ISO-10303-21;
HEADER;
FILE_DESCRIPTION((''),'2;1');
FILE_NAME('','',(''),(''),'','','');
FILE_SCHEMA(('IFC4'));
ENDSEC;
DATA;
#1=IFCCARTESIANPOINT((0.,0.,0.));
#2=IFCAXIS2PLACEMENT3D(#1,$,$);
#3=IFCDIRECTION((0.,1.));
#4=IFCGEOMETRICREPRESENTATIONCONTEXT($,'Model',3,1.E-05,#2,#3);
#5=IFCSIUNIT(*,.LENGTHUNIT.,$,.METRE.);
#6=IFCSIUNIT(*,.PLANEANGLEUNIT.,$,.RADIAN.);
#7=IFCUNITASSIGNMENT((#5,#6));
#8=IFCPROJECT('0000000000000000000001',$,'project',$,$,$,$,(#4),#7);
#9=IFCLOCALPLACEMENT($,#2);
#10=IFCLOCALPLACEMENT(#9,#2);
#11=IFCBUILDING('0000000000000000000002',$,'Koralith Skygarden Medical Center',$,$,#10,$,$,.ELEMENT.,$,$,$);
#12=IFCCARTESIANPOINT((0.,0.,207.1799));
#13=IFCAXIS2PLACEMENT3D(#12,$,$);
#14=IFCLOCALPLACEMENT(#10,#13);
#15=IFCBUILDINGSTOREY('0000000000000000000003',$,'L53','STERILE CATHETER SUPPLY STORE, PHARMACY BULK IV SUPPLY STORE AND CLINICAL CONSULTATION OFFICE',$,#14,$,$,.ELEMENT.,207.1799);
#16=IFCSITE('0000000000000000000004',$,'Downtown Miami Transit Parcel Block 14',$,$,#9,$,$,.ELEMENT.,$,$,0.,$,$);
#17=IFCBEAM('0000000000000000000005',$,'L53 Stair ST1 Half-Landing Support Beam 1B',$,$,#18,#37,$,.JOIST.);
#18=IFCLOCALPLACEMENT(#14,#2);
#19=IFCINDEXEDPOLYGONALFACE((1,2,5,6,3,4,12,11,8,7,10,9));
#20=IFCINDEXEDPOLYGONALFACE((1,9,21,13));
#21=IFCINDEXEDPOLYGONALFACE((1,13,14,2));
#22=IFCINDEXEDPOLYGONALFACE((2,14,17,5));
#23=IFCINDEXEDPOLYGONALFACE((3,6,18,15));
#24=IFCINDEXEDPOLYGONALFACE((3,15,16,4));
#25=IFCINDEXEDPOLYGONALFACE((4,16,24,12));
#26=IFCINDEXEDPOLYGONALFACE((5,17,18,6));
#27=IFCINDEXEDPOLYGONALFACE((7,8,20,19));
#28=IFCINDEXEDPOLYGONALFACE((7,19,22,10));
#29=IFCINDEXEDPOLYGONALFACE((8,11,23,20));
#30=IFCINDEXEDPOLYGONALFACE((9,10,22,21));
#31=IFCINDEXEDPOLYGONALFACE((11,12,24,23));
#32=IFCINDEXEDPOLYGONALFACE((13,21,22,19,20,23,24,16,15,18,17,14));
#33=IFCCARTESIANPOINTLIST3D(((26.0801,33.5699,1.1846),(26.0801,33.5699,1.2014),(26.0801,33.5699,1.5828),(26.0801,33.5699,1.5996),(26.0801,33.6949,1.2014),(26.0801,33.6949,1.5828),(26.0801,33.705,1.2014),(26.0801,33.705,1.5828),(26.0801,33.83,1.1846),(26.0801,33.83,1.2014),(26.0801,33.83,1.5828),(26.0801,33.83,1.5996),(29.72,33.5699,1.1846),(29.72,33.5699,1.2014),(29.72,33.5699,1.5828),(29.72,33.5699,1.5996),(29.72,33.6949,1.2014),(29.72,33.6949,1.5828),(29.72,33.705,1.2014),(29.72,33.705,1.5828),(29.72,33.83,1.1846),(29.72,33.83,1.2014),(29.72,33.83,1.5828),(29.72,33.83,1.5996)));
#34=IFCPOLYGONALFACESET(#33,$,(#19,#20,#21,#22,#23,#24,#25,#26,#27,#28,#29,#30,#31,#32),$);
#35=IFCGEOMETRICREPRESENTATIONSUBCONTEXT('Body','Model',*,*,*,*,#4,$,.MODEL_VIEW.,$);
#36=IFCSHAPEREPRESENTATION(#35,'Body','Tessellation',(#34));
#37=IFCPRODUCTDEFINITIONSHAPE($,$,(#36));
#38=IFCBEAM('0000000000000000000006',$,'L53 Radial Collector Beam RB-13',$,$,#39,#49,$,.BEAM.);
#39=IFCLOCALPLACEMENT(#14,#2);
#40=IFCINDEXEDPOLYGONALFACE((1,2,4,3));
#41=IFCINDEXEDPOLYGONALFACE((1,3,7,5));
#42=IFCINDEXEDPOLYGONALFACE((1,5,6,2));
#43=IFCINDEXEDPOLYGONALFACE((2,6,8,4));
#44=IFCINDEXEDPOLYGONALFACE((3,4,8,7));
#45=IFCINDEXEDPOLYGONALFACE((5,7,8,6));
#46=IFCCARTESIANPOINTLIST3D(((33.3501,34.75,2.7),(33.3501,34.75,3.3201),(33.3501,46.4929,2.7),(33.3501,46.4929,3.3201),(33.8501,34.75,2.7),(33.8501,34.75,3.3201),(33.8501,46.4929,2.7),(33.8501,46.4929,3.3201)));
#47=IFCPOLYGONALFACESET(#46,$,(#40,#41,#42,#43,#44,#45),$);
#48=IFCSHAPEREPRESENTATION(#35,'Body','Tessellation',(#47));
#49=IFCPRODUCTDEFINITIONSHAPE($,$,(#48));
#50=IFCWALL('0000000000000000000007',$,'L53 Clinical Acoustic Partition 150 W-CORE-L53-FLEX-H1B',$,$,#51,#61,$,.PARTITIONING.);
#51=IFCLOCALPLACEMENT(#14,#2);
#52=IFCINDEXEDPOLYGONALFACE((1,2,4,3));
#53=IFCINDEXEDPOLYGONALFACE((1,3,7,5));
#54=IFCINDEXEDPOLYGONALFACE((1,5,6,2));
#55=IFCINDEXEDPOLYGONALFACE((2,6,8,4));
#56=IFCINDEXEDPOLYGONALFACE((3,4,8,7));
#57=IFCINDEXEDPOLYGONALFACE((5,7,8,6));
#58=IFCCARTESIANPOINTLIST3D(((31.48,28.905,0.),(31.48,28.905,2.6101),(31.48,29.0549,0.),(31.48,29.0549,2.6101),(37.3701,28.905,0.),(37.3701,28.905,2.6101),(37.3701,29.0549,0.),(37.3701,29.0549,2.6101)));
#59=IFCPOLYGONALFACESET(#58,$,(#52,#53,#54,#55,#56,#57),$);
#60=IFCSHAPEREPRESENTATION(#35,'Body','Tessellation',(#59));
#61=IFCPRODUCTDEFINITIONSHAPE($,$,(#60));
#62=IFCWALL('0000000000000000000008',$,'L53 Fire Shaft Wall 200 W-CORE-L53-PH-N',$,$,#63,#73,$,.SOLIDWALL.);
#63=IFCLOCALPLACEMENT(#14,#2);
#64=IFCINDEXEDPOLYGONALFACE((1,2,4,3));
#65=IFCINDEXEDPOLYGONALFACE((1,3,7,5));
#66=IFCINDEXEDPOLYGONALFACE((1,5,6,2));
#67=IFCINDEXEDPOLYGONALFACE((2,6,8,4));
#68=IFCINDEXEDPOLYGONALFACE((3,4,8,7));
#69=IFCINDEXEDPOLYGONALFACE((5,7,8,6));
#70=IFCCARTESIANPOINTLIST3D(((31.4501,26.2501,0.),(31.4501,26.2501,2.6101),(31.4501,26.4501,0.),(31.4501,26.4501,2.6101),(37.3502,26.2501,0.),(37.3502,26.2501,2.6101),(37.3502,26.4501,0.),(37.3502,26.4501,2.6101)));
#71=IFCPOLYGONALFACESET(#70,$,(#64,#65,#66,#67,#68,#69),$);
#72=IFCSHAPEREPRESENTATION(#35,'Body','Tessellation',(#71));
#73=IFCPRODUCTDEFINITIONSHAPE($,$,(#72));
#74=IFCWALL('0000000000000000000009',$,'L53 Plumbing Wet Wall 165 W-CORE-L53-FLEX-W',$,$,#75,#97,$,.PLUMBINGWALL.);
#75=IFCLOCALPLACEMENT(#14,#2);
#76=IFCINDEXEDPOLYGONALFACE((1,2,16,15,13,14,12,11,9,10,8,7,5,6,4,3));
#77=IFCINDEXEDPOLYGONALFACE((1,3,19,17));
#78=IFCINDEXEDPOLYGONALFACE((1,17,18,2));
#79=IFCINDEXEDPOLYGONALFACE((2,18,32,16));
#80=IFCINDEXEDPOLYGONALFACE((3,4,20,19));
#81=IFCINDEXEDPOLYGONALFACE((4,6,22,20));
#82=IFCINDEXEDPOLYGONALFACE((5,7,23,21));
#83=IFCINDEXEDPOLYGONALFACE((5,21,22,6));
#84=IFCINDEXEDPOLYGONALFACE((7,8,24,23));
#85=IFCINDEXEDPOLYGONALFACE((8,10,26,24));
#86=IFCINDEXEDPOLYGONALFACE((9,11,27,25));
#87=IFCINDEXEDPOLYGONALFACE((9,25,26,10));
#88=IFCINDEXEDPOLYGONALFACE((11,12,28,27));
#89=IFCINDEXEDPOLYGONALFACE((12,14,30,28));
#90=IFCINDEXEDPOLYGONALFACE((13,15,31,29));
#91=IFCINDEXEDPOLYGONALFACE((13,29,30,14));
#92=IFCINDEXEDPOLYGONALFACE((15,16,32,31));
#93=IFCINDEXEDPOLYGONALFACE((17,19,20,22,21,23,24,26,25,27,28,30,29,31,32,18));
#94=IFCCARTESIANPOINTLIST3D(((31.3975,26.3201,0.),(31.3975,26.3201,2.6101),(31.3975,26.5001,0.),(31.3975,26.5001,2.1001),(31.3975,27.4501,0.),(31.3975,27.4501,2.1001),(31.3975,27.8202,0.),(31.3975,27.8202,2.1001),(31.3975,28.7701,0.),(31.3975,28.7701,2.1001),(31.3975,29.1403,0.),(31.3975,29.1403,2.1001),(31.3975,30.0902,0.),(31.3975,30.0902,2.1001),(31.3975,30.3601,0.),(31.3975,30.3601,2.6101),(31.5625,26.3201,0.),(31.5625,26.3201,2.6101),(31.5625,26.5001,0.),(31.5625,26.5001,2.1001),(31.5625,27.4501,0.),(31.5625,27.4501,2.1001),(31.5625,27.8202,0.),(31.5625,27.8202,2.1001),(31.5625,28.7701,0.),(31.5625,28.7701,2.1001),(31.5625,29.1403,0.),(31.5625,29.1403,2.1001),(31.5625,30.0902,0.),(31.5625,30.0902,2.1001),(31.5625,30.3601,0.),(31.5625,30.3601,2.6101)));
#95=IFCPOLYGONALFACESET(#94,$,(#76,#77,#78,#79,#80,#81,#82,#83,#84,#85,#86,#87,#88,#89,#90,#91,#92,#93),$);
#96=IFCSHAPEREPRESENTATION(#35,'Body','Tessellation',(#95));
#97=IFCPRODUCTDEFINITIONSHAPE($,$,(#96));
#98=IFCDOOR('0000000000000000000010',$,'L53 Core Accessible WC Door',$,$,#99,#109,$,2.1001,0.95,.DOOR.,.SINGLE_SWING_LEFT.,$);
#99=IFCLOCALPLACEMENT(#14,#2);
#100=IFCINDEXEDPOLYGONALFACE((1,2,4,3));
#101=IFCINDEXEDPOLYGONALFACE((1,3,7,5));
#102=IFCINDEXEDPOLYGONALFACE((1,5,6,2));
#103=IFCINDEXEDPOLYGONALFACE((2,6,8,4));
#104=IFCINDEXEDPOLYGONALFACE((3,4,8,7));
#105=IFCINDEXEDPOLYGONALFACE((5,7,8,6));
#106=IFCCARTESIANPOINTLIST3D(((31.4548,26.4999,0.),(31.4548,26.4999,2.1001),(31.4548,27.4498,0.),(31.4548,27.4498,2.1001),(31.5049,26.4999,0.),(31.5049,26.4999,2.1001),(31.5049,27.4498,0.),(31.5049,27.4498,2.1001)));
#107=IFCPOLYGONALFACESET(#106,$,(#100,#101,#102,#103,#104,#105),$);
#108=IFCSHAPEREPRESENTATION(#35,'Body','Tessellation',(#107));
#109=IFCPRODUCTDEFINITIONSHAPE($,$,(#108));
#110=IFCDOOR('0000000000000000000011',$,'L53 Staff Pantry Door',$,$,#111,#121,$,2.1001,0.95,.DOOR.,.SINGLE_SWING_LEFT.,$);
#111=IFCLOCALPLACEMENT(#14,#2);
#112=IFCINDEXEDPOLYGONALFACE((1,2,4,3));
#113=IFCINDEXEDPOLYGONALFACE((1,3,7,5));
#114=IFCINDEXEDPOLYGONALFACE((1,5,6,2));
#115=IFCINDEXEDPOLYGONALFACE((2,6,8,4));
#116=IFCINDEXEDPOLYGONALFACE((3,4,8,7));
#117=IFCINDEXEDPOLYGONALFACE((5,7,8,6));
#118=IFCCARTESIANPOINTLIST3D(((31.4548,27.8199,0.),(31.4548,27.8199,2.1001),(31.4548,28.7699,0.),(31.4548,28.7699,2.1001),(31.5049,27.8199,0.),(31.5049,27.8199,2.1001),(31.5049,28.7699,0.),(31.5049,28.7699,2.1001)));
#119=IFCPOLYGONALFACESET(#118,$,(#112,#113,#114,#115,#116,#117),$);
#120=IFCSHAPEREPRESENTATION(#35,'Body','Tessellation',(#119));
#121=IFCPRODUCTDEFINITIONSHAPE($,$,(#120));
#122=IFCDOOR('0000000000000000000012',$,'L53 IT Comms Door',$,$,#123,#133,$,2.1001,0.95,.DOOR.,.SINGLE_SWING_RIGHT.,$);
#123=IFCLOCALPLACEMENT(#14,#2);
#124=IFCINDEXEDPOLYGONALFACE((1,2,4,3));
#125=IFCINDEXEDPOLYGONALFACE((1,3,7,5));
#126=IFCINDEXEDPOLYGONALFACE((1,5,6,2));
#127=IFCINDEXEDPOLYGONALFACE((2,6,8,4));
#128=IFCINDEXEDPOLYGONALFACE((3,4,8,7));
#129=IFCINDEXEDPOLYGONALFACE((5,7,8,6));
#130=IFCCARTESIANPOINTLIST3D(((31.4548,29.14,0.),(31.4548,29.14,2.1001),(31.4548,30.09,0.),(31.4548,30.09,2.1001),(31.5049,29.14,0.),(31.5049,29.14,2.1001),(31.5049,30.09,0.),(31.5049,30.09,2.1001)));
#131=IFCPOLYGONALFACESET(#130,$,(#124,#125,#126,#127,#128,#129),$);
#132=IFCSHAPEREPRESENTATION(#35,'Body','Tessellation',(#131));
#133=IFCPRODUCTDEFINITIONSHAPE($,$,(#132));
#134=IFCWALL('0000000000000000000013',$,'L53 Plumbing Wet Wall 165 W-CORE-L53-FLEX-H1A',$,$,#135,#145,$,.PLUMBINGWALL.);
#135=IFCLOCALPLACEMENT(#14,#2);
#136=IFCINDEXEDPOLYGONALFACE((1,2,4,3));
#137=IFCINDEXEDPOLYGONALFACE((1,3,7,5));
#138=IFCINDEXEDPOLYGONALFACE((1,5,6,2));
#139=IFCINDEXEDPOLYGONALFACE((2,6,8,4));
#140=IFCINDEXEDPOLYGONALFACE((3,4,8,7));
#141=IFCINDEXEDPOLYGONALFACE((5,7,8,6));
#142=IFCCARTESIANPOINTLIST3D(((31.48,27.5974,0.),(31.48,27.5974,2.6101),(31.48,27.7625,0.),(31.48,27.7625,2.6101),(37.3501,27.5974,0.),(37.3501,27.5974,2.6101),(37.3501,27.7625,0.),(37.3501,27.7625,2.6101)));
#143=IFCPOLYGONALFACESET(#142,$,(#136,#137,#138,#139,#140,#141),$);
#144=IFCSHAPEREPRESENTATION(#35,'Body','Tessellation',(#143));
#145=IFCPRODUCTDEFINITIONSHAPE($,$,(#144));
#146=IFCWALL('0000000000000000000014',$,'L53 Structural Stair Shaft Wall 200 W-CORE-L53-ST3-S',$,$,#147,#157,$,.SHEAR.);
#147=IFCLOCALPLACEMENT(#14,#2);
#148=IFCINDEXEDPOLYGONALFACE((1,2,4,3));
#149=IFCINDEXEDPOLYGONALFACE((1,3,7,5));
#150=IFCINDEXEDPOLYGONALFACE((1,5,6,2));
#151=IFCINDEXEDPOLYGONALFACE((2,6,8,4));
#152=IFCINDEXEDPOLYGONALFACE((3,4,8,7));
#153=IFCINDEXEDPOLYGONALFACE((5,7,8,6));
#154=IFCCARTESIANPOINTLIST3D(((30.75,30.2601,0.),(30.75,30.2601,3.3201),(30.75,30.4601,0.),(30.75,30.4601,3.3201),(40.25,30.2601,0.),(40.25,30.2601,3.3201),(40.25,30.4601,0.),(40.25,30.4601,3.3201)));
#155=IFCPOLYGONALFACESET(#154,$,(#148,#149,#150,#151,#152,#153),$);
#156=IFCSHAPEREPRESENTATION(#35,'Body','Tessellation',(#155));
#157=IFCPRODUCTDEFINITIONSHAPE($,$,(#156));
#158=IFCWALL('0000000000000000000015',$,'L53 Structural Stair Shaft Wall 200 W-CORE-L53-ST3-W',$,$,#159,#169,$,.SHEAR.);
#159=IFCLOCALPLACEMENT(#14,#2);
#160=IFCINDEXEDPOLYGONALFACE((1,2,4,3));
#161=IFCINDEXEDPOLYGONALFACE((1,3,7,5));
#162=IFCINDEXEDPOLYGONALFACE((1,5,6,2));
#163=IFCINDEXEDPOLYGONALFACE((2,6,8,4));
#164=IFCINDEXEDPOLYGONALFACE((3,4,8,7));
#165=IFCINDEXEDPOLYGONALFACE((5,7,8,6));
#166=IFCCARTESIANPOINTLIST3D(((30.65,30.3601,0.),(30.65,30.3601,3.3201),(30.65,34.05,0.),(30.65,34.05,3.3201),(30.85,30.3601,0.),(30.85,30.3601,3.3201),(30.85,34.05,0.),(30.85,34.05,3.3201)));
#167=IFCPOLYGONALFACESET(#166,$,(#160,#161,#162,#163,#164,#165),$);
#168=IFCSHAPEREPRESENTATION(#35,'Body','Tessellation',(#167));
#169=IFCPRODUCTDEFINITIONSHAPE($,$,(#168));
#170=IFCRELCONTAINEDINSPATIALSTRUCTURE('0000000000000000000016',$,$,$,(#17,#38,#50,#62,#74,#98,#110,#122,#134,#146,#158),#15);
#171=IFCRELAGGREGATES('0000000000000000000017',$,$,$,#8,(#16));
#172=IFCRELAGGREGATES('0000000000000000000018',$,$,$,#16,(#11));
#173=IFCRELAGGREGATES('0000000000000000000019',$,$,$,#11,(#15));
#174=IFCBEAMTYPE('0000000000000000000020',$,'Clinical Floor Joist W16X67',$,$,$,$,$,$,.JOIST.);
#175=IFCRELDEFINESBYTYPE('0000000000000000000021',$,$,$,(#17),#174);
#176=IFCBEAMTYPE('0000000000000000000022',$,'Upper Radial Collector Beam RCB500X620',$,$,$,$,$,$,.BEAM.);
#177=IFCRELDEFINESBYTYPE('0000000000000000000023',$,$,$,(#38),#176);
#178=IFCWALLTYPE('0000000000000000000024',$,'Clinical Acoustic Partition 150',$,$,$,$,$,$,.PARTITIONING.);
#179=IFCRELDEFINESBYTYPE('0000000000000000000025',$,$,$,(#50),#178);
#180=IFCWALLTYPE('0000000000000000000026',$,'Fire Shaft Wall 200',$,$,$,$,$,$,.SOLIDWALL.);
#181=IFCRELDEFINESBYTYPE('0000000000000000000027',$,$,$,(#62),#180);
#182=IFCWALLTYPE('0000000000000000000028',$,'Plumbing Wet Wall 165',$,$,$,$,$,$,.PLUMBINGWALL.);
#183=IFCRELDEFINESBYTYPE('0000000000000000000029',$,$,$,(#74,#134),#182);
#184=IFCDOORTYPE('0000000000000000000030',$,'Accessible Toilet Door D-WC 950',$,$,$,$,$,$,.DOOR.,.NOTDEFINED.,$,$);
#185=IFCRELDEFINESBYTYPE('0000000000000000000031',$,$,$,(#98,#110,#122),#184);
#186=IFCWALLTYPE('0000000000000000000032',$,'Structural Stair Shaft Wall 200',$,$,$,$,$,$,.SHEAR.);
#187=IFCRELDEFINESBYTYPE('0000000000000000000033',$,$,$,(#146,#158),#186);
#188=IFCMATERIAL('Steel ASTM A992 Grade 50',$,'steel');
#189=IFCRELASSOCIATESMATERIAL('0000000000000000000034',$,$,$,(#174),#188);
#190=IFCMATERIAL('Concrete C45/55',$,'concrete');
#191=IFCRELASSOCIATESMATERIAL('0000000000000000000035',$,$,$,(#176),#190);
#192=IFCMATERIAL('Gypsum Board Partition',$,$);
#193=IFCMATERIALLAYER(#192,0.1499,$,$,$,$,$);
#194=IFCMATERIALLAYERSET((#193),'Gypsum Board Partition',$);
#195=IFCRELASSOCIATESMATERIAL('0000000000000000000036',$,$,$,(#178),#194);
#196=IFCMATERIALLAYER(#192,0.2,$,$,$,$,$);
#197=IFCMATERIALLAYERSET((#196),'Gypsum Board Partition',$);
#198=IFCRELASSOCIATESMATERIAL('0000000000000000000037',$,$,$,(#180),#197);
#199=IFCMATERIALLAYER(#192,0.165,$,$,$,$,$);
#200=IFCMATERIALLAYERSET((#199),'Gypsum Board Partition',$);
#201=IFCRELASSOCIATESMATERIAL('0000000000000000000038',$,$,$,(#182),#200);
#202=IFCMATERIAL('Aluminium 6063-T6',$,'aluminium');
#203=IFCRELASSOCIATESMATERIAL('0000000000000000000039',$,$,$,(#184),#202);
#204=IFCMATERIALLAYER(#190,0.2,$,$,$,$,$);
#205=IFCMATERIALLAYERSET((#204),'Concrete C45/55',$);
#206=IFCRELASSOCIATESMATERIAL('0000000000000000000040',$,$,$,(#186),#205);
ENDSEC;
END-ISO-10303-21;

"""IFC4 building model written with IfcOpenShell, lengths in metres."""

from ifc_helpers import new_model, si_unit, direction, frame, frame_2d, origin, origin_2d, place, context, subcontext, project, spatial, rectangle, i_section, extrude, material, layer, layer_set, material_profile, profile_set, type_object, element, fill, save


model = new_model("IFC4")

# Units and contexts
model_context = context("Model", 3, precision=1e-05, world=origin(), true_north=direction((0.0, 1.0)))
body_context = subcontext(model_context, "Body", "Model", "MODEL_VIEW")
ifc_project = project(units=[si_unit("LENGTHUNIT", "METRE"), si_unit("PLANEANGLEUNIT", "RADIAN")], contexts=[model_context])

# Site, building, storey
site_placement = place(None, origin())
site = spatial("IfcSite", under=ifc_project, at=site_placement, Name="Downtown Miami Transit Parcel Block 14", CompositionType="ELEMENT", RefElevation=0.0)
building_placement = place(site_placement, origin())
building = spatial("IfcBuilding", under=site, at=building_placement, Name="Koralith Skygarden Medical Center", CompositionType="ELEMENT")
storey_placement = place(building_placement, frame((0.0, 0.0, 207.1799)))
storey = spatial("IfcBuildingStorey", under=building, at=storey_placement, Name="L53", Description="STERILE CATHETER SUPPLY STORE, PHARMACY BULK IV SUPPLY STORE AND CLINICAL CONSULTATION OFFICE", CompositionType="ELEMENT", Elevation=207.1799)

# Beams
ifc_material_1 = material(Name="Steel ASTM A992 Grade 50", Category="steel")
ifc_material_profile_1 = material_profile(ifc_material_1, i_section(OverallWidth=0.26, OverallDepth=0.415, WebThickness=0.01, FlangeThickness=0.0168, at=origin_2d()), Name="W16X67")
ifc_profile_set_1 = profile_set([ifc_material_profile_1], Name="Steel ASTM A992 Grade 50")
beam_type_1 = type_object("IfcBeamType", Name="Clinical Floor Joist W16X67", PredefinedType="JOIST", material=ifc_profile_set_1)
beam_1_placement = place(storey_placement, frame((26.0801, 33.7, 1.3921), z_axis=(1.0, 0.0, 0.0), x_axis=(0.0, 1.0, 0.0)))
element("IfcBeam", 1, at=beam_1_placement, inside=storey, type_object=beam_type_1, Name="L53 Stair ST1 Half-Landing Support Beam 1B", PredefinedType="JOIST", context=body_context, shape_type="SweptSolid", body=[
    extrude(i_section(OverallWidth=0.26, OverallDepth=0.415, WebThickness=0.01, FlangeThickness=0.0168, at=origin_2d()), origin(), (0.0, 0.0, 1.0), 3.6399),
])
ifc_material_2 = material(Name="Concrete C45/55", Category="concrete")
ifc_material_profile_2 = material_profile(ifc_material_2, rectangle(XDim=0.5, YDim=0.6201, at=origin_2d()), Name="RCB500X620")
ifc_profile_set_2 = profile_set([ifc_material_profile_2], Name="Concrete C45/55")
beam_type_2 = type_object("IfcBeamType", Name="Upper Radial Collector Beam RCB500X620", PredefinedType="BEAM", material=ifc_profile_set_2)
beam_2_placement = place(storey_placement, frame((33.6001, 34.75, 3.01), z_axis=(0.0, 1.0, 0.0), x_axis=(-1.0, 0.0, 0.0)))
element("IfcBeam", 2, at=beam_2_placement, inside=storey, type_object=beam_type_2, Name="L53 Radial Collector Beam RB-13", PredefinedType="BEAM", context=body_context, shape_type="SweptSolid", body=[
    extrude(rectangle(XDim=0.5, YDim=0.6201, at=origin_2d()), origin(), (0.0, 0.0, 1.0), 11.7429),
])

# Walls
ifc_material_3 = material(Name="Gypsum Board Partition")
ifc_layer_1 = layer(ifc_material_3, 0.1499)
ifc_layer_set_1 = layer_set([ifc_layer_1], Name="Gypsum Board Partition")
wall_type_1 = type_object("IfcWallType", Name="Clinical Acoustic Partition 150", PredefinedType="PARTITIONING", material=ifc_layer_set_1)
wall_1_placement = place(storey_placement, frame((31.48, 28.98, 0.0), z_axis=(0.0, 0.0, 1.0), x_axis=(1.0, 0.0, 0.0)))
element("IfcWall", 3, at=wall_1_placement, inside=storey, type_object=wall_type_1, Name="L53 Clinical Acoustic Partition 150 W-CORE-L53-FLEX-H1B", PredefinedType="PARTITIONING", context=body_context, shape_type="SweptSolid", body=[
    extrude(rectangle(XDim=5.8901, YDim=0.1499, at=frame_2d((2.9451, 0.0))), origin(), (0.0, 0.0, 1.0), 2.6101),
])
ifc_layer_2 = layer(ifc_material_3, 0.2)
ifc_layer_set_2 = layer_set([ifc_layer_2], Name="Gypsum Board Partition")
wall_type_2 = type_object("IfcWallType", Name="Fire Shaft Wall 200", PredefinedType="SOLIDWALL", material=ifc_layer_set_2)
wall_2_placement = place(storey_placement, frame((31.45, 26.3501, 0.0), z_axis=(0.0, 0.0, 1.0), x_axis=(1.0, 0.0, 0.0)))
element("IfcWall", 4, at=wall_2_placement, inside=storey, type_object=wall_type_2, Name="L53 Fire Shaft Wall 200 W-CORE-L53-PH-N", PredefinedType="SOLIDWALL", context=body_context, shape_type="SweptSolid", body=[
    extrude(rectangle(XDim=5.9001, YDim=0.2, at=frame_2d((2.9502, 0.0))), origin(), (0.0, 0.0, 1.0), 2.6101),
])

# Wall, openings, doors
ifc_layer_3 = layer(ifc_material_3, 0.165)
ifc_layer_set_3 = layer_set([ifc_layer_3], Name="Gypsum Board Partition")
wall_type_3 = type_object("IfcWallType", Name="Plumbing Wet Wall 165", PredefinedType="PLUMBINGWALL", material=ifc_layer_set_3)
wall_3_placement = place(storey_placement, frame((31.48, 26.3201, 0.0), z_axis=(0.0, 0.0, 1.0), x_axis=(0.0, 1.0, 0.0)))
wall_3 = element("IfcWall", 5, at=wall_3_placement, inside=storey, type_object=wall_type_3, Name="L53 Plumbing Wet Wall 165 W-CORE-L53-FLEX-W", PredefinedType="PLUMBINGWALL", context=body_context, shape_type="SweptSolid", body=[
    extrude(rectangle(XDim=4.04, YDim=0.165, at=frame_2d((2.02, 0.0))), origin(), (0.0, 0.0, 1.0), 2.6101),
])
opening_1_placement = place(wall_3_placement, frame((0.1799, 0.0, 0.0)))
opening_1 = element("IfcOpeningElement", 6, at=opening_1_placement, cuts=wall_3, PredefinedType="OPENING", context=body_context, shape_type="SweptSolid", body=[
    extrude(rectangle(XDim=0.95, YDim=2.1001, at=frame_2d((0.4751, 1.05))), frame((0.0, 0.0925, 0.0), z_axis=(0.0, -1.0, 0.0), x_axis=(1.0, 0.0, 0.0)), (0.0, 0.0, 1.0), 0.1851),
])
opening_2_placement = place(wall_3_placement, frame((1.5, 0.0, 0.0)))
opening_2 = element("IfcOpeningElement", 7, at=opening_2_placement, cuts=wall_3, PredefinedType="OPENING", context=body_context, shape_type="SweptSolid", body=[
    extrude(rectangle(XDim=0.95, YDim=2.1001, at=frame_2d((0.4751, 1.05))), frame((0.0, 0.0925, 0.0), z_axis=(0.0, -1.0, 0.0), x_axis=(1.0, 0.0, 0.0)), (0.0, 0.0, 1.0), 0.1851),
])
opening_3_placement = place(wall_3_placement, frame((2.8201, 0.0, 0.0)))
opening_3 = element("IfcOpeningElement", 8, at=opening_3_placement, cuts=wall_3, PredefinedType="OPENING", context=body_context, shape_type="SweptSolid", body=[
    extrude(rectangle(XDim=0.95, YDim=2.1001, at=frame_2d((0.4751, 1.05))), frame((0.0, 0.0925, 0.0), z_axis=(0.0, -1.0, 0.0), x_axis=(1.0, 0.0, 0.0)), (0.0, 0.0, 1.0), 0.1851),
])
ifc_material_4 = material(Name="Aluminium 6063-T6", Category="aluminium")
door_type = type_object("IfcDoorType", Name="Accessible Toilet Door D-WC 950", OperationType="NOTDEFINED", PredefinedType="DOOR", material=ifc_material_4)
door_1_placement = place(opening_1_placement, frame((0.95, 0.0, 0.0), z_axis=(0.0, 0.0, 1.0), x_axis=(-1.0, 0.0, 0.0)))
door_1 = element("IfcDoor", 9, at=door_1_placement, inside=storey, type_object=door_type, Name="L53 Core Accessible WC Door", OperationType="SINGLE_SWING_LEFT", OverallHeight=2.1001, OverallWidth=0.95, PredefinedType="DOOR", context=body_context, shape_type="SweptSolid", body=[
    extrude(rectangle(XDim=0.95, YDim=2.1001, at=frame_2d((0.4751, 1.05))), frame((0.0, 0.0249, 0.0), z_axis=(0.0, -1.0, 0.0), x_axis=(1.0, 0.0, 0.0)), (0.0, 0.0, 1.0), 0.05),
])
fill(opening_1, door_1)
door_2_placement = place(opening_2_placement, frame((0.95, 0.0, 0.0), z_axis=(0.0, 0.0, 1.0), x_axis=(-1.0, 0.0, 0.0)))
door_2 = element("IfcDoor", 10, at=door_2_placement, inside=storey, type_object=door_type, Name="L53 Staff Pantry Door", OperationType="SINGLE_SWING_LEFT", OverallHeight=2.1001, OverallWidth=0.95, PredefinedType="DOOR", context=body_context, shape_type="SweptSolid", body=[
    extrude(rectangle(XDim=0.95, YDim=2.1001, at=frame_2d((0.4751, 1.05))), frame((0.0, 0.0249, 0.0), z_axis=(0.0, -1.0, 0.0), x_axis=(1.0, 0.0, 0.0)), (0.0, 0.0, 1.0), 0.05),
])
fill(opening_2, door_2)
door_3_placement = place(opening_3_placement, frame((0.95, 0.0, 0.0), z_axis=(0.0, 0.0, 1.0), x_axis=(-1.0, 0.0, 0.0)))
door_3 = element("IfcDoor", 11, at=door_3_placement, inside=storey, type_object=door_type, Name="L53 IT Comms Door", OperationType="SINGLE_SWING_RIGHT", OverallHeight=2.1001, OverallWidth=0.95, PredefinedType="DOOR", context=body_context, shape_type="SweptSolid", body=[
    extrude(rectangle(XDim=0.95, YDim=2.1001, at=frame_2d((0.4751, 1.05))), frame((0.0, 0.0249, 0.0), z_axis=(0.0, -1.0, 0.0), x_axis=(1.0, 0.0, 0.0)), (0.0, 0.0, 1.0), 0.05),
])
fill(opening_3, door_3)

# Walls
wall_4_placement = place(storey_placement, frame((31.48, 27.6799, 0.0), z_axis=(0.0, 0.0, 1.0), x_axis=(1.0, 0.0, 0.0)))
element("IfcWall", 12, at=wall_4_placement, inside=storey, type_object=wall_type_3, Name="L53 Plumbing Wet Wall 165 W-CORE-L53-FLEX-H1A", PredefinedType="PLUMBINGWALL", context=body_context, shape_type="SweptSolid", body=[
    extrude(rectangle(XDim=5.8701, YDim=0.165, at=frame_2d((2.9351, 0.0))), origin(), (0.0, 0.0, 1.0), 2.6101),
])
ifc_layer_4 = layer(ifc_material_2, 0.2)
ifc_layer_set_4 = layer_set([ifc_layer_4], Name="Concrete C45/55")
wall_type_4 = type_object("IfcWallType", Name="Structural Stair Shaft Wall 200", PredefinedType="SHEAR", material=ifc_layer_set_4)
wall_5_placement = place(storey_placement, frame((30.75, 30.3601, 0.0), z_axis=(0.0, 0.0, 1.0), x_axis=(1.0, 0.0, 0.0)))
element("IfcWall", 13, at=wall_5_placement, inside=storey, type_object=wall_type_4, Name="L53 Structural Stair Shaft Wall 200 W-CORE-L53-ST3-S", PredefinedType="SHEAR", context=body_context, shape_type="SweptSolid", body=[
    extrude(rectangle(XDim=9.5, YDim=0.2, at=frame_2d((4.75, 0.0))), origin(), (0.0, 0.0, 1.0), 3.3201),
])
wall_6_placement = place(storey_placement, frame((30.75, 30.3601, 0.0), z_axis=(0.0, 0.0, 1.0), x_axis=(0.0, 1.0, 0.0)))
element("IfcWall", 14, at=wall_6_placement, inside=storey, type_object=wall_type_4, Name="L53 Structural Stair Shaft Wall 200 W-CORE-L53-ST3-W", PredefinedType="SHEAR", context=body_context, shape_type="SweptSolid", body=[
    extrude(rectangle(XDim=3.6899, YDim=0.2, at=frame_2d((1.845, 0.0))), origin(), (0.0, 0.0, 1.0), 3.3201),
])

save(model, "model.ifc")
